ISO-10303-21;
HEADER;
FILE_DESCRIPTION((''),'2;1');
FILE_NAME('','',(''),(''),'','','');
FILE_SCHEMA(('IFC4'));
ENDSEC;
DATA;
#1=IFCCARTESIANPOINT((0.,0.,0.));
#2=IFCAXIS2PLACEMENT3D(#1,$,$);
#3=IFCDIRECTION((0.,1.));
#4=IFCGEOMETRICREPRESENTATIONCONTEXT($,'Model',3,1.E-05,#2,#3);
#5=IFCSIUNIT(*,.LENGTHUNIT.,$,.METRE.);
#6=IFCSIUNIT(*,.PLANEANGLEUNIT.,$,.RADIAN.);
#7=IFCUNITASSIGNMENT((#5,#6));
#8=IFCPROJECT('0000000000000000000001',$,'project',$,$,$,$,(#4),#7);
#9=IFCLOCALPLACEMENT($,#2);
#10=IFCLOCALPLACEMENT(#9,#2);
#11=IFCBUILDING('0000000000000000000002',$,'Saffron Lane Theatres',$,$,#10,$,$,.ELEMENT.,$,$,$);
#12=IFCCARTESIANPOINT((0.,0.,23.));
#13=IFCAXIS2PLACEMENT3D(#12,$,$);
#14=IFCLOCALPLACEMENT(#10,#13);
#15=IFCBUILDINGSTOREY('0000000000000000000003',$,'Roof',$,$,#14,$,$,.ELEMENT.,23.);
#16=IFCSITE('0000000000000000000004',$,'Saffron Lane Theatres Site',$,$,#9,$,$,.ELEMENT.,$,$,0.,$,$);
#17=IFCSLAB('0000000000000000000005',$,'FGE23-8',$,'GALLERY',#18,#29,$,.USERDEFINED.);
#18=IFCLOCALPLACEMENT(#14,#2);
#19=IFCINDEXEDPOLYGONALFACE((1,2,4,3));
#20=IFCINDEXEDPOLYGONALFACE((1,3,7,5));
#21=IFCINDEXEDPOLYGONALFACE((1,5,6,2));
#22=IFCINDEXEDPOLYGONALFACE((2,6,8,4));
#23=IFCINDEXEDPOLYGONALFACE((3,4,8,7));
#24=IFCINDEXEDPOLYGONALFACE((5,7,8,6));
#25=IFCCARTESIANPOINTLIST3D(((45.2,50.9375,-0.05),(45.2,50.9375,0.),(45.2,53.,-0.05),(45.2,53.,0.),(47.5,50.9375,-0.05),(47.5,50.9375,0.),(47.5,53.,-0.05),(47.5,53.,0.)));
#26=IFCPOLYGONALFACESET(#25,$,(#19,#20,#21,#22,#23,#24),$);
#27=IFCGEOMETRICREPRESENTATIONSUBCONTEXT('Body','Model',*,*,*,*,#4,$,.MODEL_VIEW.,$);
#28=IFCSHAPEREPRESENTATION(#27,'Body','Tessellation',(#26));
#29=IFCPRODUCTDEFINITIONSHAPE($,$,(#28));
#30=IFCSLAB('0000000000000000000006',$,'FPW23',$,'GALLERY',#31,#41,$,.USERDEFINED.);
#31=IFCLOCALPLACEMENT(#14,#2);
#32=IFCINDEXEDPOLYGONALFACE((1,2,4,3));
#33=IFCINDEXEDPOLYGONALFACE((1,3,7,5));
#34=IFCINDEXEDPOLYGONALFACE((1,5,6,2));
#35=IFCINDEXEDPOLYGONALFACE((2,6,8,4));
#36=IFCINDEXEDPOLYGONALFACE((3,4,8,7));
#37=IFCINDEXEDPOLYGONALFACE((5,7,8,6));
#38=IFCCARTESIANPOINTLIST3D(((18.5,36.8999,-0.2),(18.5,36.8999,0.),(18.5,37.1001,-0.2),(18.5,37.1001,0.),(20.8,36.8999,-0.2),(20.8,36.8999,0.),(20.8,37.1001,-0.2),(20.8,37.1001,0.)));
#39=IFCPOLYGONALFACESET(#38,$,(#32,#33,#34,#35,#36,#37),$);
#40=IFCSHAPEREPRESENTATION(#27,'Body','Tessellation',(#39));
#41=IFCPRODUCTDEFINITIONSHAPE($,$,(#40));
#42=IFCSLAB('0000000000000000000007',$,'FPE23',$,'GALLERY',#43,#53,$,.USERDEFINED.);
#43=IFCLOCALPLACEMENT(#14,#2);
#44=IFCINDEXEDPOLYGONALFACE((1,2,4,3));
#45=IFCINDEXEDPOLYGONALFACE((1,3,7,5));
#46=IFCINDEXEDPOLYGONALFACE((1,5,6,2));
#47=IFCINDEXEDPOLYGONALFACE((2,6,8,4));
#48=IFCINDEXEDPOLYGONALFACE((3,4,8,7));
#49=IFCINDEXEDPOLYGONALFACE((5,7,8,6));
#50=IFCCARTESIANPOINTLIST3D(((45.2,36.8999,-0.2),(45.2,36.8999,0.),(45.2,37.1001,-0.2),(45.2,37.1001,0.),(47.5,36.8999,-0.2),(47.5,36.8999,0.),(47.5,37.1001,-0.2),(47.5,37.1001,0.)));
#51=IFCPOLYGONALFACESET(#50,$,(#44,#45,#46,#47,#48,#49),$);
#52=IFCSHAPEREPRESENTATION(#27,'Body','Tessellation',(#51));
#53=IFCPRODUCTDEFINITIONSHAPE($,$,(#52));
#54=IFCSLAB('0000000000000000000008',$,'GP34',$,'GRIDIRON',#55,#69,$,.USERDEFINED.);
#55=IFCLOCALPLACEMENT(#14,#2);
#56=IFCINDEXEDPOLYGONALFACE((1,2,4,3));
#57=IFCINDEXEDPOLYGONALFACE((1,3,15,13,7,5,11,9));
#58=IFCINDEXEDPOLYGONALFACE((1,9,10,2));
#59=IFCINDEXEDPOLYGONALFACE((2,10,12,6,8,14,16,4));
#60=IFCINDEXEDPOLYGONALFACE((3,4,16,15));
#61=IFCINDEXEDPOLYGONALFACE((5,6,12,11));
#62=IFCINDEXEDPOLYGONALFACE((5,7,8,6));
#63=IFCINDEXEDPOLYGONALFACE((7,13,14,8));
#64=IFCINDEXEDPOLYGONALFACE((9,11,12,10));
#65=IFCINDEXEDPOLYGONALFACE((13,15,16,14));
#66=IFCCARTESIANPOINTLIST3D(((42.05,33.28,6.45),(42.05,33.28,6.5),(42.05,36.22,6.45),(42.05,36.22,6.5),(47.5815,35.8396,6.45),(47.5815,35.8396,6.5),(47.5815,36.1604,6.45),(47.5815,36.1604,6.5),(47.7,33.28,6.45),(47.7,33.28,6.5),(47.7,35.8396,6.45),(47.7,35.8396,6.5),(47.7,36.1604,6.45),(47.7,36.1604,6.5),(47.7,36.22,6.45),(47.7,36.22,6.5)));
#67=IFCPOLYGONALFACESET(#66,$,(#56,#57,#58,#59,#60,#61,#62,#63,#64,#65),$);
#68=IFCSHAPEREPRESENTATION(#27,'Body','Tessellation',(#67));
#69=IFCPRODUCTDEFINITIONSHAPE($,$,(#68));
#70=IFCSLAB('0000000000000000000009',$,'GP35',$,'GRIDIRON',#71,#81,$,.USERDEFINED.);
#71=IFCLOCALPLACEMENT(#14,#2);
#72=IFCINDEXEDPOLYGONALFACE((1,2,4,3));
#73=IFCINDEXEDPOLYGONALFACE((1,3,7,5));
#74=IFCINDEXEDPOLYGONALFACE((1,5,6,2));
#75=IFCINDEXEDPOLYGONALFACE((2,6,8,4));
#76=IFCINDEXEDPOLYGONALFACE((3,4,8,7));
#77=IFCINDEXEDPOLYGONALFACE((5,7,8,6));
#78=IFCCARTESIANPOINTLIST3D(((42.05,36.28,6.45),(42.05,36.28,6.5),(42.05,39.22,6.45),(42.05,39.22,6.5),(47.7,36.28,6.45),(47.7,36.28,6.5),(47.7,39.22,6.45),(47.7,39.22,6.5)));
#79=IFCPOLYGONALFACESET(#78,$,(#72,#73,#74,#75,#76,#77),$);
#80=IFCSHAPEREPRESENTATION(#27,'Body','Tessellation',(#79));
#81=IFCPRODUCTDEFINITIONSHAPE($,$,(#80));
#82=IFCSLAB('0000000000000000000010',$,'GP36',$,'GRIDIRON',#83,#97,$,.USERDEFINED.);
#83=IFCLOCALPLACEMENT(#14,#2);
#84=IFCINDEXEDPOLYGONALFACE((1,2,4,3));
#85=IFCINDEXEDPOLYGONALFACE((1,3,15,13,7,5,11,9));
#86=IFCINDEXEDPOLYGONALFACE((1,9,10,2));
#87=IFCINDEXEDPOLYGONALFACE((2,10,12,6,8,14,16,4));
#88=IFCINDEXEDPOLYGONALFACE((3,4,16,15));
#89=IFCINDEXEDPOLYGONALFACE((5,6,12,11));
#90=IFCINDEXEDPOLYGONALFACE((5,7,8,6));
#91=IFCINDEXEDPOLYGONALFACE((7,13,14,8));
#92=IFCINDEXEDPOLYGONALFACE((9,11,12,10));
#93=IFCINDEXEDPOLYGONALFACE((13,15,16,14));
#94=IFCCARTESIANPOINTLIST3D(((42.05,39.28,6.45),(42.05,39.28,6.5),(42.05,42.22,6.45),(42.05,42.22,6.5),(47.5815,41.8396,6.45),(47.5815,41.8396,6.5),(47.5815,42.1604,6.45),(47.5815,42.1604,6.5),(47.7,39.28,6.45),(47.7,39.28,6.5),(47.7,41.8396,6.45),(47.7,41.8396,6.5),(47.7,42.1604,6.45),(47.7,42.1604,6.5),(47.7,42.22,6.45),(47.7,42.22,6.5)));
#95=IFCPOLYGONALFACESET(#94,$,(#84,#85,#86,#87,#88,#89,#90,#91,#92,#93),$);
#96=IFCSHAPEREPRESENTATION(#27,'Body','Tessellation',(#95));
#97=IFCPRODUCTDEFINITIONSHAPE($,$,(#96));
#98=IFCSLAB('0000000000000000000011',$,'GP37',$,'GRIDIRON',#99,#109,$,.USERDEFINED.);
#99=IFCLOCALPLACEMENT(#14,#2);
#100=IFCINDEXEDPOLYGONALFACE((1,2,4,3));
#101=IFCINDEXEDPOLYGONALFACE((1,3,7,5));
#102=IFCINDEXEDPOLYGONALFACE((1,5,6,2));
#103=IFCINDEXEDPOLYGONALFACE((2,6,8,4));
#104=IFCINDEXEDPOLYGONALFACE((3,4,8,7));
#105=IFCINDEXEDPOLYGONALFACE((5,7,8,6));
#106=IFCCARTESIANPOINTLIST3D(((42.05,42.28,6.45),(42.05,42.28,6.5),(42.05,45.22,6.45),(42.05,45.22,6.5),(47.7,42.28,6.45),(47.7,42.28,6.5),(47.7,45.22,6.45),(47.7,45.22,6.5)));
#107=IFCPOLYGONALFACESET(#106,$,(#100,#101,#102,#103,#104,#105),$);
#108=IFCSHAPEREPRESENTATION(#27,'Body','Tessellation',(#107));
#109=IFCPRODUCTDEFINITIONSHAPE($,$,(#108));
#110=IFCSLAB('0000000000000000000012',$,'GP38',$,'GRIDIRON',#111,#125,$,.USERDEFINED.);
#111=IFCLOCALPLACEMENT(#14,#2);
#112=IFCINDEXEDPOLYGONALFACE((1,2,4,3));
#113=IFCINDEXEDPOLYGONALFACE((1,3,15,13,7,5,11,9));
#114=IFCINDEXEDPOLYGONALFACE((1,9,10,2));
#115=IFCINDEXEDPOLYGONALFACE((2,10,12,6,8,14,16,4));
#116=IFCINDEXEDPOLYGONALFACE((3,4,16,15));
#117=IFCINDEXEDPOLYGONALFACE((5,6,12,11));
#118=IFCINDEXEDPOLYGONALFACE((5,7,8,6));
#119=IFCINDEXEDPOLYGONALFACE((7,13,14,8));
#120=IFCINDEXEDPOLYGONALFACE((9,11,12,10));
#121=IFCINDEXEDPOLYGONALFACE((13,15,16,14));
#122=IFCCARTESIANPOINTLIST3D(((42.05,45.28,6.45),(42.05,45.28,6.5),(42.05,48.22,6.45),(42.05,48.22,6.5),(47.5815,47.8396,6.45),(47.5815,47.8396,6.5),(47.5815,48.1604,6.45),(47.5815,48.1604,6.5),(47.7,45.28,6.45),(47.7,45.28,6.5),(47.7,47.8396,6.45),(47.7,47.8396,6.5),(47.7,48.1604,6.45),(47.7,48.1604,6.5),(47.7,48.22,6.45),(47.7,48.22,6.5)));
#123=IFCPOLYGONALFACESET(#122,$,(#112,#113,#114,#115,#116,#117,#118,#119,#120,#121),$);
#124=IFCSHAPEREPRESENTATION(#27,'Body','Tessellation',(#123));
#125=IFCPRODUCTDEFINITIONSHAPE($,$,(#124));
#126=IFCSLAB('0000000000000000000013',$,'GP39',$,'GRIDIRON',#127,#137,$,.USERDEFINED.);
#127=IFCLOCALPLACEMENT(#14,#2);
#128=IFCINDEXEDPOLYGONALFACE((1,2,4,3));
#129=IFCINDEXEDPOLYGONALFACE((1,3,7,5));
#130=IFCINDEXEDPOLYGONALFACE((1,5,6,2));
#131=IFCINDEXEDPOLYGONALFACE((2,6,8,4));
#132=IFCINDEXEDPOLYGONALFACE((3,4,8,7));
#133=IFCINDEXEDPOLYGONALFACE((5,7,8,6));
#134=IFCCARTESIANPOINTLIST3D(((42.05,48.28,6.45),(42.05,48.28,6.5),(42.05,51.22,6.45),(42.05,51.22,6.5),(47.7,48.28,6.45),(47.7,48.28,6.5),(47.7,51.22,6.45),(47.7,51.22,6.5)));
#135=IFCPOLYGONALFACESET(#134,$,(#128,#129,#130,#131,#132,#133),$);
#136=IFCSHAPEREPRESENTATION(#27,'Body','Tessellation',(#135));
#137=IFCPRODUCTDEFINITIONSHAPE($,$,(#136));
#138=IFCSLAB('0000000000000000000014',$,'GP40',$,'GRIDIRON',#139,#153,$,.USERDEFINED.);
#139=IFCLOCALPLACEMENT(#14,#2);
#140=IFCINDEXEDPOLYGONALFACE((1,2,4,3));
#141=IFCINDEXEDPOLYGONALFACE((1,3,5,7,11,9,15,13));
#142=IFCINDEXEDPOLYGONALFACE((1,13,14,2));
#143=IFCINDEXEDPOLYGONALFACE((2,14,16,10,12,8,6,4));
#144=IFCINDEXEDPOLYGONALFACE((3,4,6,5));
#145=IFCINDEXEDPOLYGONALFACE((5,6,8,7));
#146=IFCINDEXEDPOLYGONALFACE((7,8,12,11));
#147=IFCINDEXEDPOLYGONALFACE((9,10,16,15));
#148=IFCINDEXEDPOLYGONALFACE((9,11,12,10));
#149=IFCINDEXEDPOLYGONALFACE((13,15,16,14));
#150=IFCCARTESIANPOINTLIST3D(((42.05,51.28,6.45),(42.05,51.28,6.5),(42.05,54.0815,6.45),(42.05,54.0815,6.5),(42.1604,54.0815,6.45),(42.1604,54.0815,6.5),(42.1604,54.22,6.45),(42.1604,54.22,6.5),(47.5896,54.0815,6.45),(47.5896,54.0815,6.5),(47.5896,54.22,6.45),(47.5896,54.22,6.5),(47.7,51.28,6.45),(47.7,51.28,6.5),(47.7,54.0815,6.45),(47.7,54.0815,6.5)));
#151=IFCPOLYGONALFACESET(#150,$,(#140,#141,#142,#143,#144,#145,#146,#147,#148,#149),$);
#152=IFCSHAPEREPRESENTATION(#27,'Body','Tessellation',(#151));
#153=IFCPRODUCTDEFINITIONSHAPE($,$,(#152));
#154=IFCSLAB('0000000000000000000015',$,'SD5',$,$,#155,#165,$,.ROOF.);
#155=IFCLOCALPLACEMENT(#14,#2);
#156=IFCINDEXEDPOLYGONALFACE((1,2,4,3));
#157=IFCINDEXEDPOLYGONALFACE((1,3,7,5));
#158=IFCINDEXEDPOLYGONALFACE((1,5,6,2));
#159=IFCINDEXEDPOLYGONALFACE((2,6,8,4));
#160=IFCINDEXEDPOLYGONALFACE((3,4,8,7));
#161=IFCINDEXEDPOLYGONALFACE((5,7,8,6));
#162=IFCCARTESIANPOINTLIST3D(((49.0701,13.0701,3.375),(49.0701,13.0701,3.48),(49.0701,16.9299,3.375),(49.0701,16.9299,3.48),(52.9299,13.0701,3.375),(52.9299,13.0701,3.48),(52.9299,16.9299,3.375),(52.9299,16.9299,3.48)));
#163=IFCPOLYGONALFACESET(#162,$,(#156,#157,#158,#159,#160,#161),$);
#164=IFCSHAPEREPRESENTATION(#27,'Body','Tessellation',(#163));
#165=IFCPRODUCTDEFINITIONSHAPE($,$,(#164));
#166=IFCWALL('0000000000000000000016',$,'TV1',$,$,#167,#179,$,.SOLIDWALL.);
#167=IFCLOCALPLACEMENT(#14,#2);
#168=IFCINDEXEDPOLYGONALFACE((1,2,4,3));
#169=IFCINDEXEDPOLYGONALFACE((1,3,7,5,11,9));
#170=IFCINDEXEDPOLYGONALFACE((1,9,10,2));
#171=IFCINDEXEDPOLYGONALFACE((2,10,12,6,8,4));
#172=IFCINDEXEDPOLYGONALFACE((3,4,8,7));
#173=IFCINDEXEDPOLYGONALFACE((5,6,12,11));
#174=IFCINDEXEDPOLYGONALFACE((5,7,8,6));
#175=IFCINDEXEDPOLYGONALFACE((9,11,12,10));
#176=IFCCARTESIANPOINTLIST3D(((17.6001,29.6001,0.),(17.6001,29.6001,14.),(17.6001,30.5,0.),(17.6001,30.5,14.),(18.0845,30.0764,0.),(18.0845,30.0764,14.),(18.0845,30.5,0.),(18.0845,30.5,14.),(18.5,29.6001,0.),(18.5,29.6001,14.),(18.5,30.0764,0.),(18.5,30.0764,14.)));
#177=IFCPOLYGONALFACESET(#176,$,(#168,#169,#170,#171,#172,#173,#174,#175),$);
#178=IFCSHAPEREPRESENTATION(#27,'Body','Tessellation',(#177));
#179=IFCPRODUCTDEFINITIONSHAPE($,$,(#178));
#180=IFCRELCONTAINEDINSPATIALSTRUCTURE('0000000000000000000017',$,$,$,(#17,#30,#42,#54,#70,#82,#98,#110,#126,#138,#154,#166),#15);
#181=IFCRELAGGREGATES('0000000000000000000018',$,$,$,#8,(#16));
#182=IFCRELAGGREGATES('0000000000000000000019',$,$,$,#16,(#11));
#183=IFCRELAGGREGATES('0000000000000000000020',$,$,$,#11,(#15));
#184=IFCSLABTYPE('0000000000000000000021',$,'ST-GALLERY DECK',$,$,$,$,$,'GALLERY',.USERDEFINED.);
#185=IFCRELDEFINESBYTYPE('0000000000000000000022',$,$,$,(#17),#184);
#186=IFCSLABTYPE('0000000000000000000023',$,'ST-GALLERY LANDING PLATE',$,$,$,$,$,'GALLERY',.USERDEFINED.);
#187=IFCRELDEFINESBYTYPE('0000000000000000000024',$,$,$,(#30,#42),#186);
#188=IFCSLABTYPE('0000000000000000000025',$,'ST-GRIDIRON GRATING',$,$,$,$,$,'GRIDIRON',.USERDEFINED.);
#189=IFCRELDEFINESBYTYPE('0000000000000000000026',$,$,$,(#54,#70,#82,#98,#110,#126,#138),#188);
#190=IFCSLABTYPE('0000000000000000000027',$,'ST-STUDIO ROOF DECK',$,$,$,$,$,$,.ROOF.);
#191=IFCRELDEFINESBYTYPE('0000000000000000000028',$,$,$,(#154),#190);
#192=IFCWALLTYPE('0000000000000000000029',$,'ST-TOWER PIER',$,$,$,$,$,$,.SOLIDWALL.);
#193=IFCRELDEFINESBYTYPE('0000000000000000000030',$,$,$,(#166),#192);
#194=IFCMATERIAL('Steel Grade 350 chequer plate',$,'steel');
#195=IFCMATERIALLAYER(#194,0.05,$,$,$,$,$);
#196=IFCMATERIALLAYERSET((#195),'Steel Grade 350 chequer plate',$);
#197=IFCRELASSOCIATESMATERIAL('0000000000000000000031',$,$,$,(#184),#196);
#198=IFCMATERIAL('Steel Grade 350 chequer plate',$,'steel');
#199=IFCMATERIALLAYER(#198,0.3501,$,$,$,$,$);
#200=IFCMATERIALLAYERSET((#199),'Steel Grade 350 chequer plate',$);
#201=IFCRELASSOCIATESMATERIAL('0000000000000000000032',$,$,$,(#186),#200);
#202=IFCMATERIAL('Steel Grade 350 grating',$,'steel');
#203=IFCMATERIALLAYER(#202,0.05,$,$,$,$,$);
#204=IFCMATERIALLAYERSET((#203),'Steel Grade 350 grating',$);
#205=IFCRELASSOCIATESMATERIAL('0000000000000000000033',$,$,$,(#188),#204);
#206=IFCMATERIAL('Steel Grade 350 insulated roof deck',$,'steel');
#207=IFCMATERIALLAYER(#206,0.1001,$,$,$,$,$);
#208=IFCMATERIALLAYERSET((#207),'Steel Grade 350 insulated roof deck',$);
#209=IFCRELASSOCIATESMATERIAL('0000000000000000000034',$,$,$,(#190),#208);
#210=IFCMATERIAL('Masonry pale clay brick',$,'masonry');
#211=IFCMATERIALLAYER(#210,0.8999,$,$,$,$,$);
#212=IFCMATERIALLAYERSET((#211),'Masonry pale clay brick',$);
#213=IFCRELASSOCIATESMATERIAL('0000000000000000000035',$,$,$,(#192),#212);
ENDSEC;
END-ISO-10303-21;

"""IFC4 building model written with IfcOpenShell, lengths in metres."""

from ifc_helpers import new_model, si_unit, direction, frame, origin, place, context, subcontext, project, spatial, polyline, outline, extrude, material, layer, layer_set, type_object, element, save


model = new_model("IFC4")

# Units and contexts
model_context = context("Model", 3, precision=1e-05, world=origin(), true_north=direction((0.0, 1.0)))
body_context = subcontext(model_context, "Body", "Model", "MODEL_VIEW")
ifc_project = project(units=[si_unit("LENGTHUNIT", "METRE"), si_unit("PLANEANGLEUNIT", "RADIAN")], contexts=[model_context])

# Site, building, storey
site_placement = place(None, origin())
site = spatial("IfcSite", under=ifc_project, at=site_placement, Name="Saffron Lane Theatres Site", CompositionType="ELEMENT", RefElevation=0.0)
building_placement = place(site_placement, origin())
building = spatial("IfcBuilding", under=site, at=building_placement, Name="Saffron Lane Theatres", CompositionType="ELEMENT")
storey_placement = place(building_placement, frame((0.0, 0.0, 23.0)))
storey = spatial("IfcBuildingStorey", under=building, at=storey_placement, Name="Roof", CompositionType="ELEMENT", Elevation=23.0)

# Slabs
ifc_material_1 = material(Name="Steel Grade 350 chequer plate", Category="steel")
ifc_layer_1 = layer(ifc_material_1, 0.05)
ifc_layer_set_1 = layer_set([ifc_layer_1], Name="Steel Grade 350 chequer plate")
slab_type_1 = type_object("IfcSlabType", Name="ST-GALLERY DECK", ElementType="GALLERY", PredefinedType="USERDEFINED", material=ifc_layer_set_1)
slab_1_placement = place(storey_placement, frame((0.0, 0.0, -0.05)))
element("IfcSlab", 1, at=slab_1_placement, inside=storey, type_object=slab_type_1, Name="FGE23-8", ObjectType="GALLERY", PredefinedType="USERDEFINED", context=body_context, shape_type="SweptSolid", body=[
    extrude(outline(polyline([(45.2, 50.9375), (47.5, 50.9375), (47.5, 53.0), (45.2, 53.0), (45.2, 50.9375)])), origin(), (0.0, 0.0, 1.0), 0.05),
])
ifc_material_2 = material(Name="Steel Grade 350 chequer plate", Category="steel")
ifc_layer_2 = layer(ifc_material_2, 0.3501)
ifc_layer_set_2 = layer_set([ifc_layer_2], Name="Steel Grade 350 chequer plate")
slab_type_2 = type_object("IfcSlabType", Name="ST-GALLERY LANDING PLATE", ElementType="GALLERY", PredefinedType="USERDEFINED", material=ifc_layer_set_2)
slab_2_placement = place(storey_placement, frame((0.0, 0.0, -0.2)))
element("IfcSlab", 2, at=slab_2_placement, inside=storey, type_object=slab_type_2, Name="FPW23", ObjectType="GALLERY", PredefinedType="USERDEFINED", context=body_context, shape_type="SweptSolid", body=[
    extrude(outline(polyline([(18.5, 36.8999), (20.8, 36.8999), (20.8, 37.1001), (18.5, 37.1001), (18.5, 36.8999)])), origin(), (0.0, 0.0, 1.0), 0.2),
])
slab_3_placement = place(storey_placement, frame((0.0, 0.0, -0.2)))
element("IfcSlab", 3, at=slab_3_placement, inside=storey, type_object=slab_type_2, Name="FPE23", ObjectType="GALLERY", PredefinedType="USERDEFINED", context=body_context, shape_type="SweptSolid", body=[
    extrude(outline(polyline([(45.2, 36.8999), (47.5, 36.8999), (47.5, 37.1001), (45.2, 37.1001), (45.2, 36.8999)])), origin(), (0.0, 0.0, 1.0), 0.2),
])
ifc_material_3 = material(Name="Steel Grade 350 grating", Category="steel")
ifc_layer_3 = layer(ifc_material_3, 0.05)
ifc_layer_set_3 = layer_set([ifc_layer_3], Name="Steel Grade 350 grating")
slab_type_3 = type_object("IfcSlabType", Name="ST-GRIDIRON GRATING", ElementType="GRIDIRON", PredefinedType="USERDEFINED", material=ifc_layer_set_3)
slab_4_placement = place(storey_placement, frame((0.0, 0.0, 6.45)))
element("IfcSlab", 4, at=slab_4_placement, inside=storey, type_object=slab_type_3, Name="GP34", ObjectType="GRIDIRON", PredefinedType="USERDEFINED", context=body_context, shape_type="SweptSolid", body=[
    extrude(outline(polyline([(47.7, 33.28), (42.05, 33.28), (42.05, 36.22), (47.7, 36.22), (47.7, 36.1604), (47.5815, 36.1604), (47.5815, 35.8396), (47.7, 35.8396), (47.7, 33.28)])), origin(), (0.0, 0.0, 1.0), 0.05),
])
slab_5_placement = place(storey_placement, frame((0.0, 0.0, 6.45)))
element("IfcSlab", 5, at=slab_5_placement, inside=storey, type_object=slab_type_3, Name="GP35", ObjectType="GRIDIRON", PredefinedType="USERDEFINED", context=body_context, shape_type="SweptSolid", body=[
    extrude(outline(polyline([(47.7, 36.28), (42.05, 36.28), (42.05, 39.22), (47.7, 39.22), (47.7, 36.28)])), origin(), (0.0, 0.0, 1.0), 0.05),
])
slab_6_placement = place(storey_placement, frame((0.0, 0.0, 6.45)))
element("IfcSlab", 6, at=slab_6_placement, inside=storey, type_object=slab_type_3, Name="GP36", ObjectType="GRIDIRON", PredefinedType="USERDEFINED", context=body_context, shape_type="SweptSolid", body=[
    extrude(outline(polyline([(47.7, 39.28), (42.05, 39.28), (42.05, 42.22), (47.7, 42.22), (47.7, 42.1604), (47.5815, 42.1604), (47.5815, 41.8396), (47.7, 41.8396), (47.7, 39.28)])), origin(), (0.0, 0.0, 1.0), 0.05),
])
slab_7_placement = place(storey_placement, frame((0.0, 0.0, 6.45)))
element("IfcSlab", 7, at=slab_7_placement, inside=storey, type_object=slab_type_3, Name="GP37", ObjectType="GRIDIRON", PredefinedType="USERDEFINED", context=body_context, shape_type="SweptSolid", body=[
    extrude(outline(polyline([(47.7, 42.28), (42.05, 42.28), (42.05, 45.22), (47.7, 45.22), (47.7, 42.28)])), origin(), (0.0, 0.0, 1.0), 0.05),
])
slab_8_placement = place(storey_placement, frame((0.0, 0.0, 6.45)))
element("IfcSlab", 8, at=slab_8_placement, inside=storey, type_object=slab_type_3, Name="GP38", ObjectType="GRIDIRON", PredefinedType="USERDEFINED", context=body_context, shape_type="SweptSolid", body=[
    extrude(outline(polyline([(47.7, 48.1604), (47.5815, 48.1604), (47.5815, 47.8396), (47.7, 47.8396), (47.7, 45.28), (42.05, 45.28), (42.05, 48.22), (47.7, 48.22), (47.7, 48.1604)])), origin(), (0.0, 0.0, 1.0), 0.05),
])
slab_9_placement = place(storey_placement, frame((0.0, 0.0, 6.45)))
element("IfcSlab", 9, at=slab_9_placement, inside=storey, type_object=slab_type_3, Name="GP39", ObjectType="GRIDIRON", PredefinedType="USERDEFINED", context=body_context, shape_type="SweptSolid", body=[
    extrude(outline(polyline([(47.7, 48.28), (42.05, 48.28), (42.05, 51.22), (47.7, 51.22), (47.7, 48.28)])), origin(), (0.0, 0.0, 1.0), 0.05),
])
slab_10_placement = place(storey_placement, frame((0.0, 0.0, 6.45)))
element("IfcSlab", 10, at=slab_10_placement, inside=storey, type_object=slab_type_3, Name="GP40", ObjectType="GRIDIRON", PredefinedType="USERDEFINED", context=body_context, shape_type="SweptSolid", body=[
    extrude(outline(polyline([(42.05, 54.0815), (42.1604, 54.0815), (42.1604, 54.22), (47.5896, 54.22), (47.5896, 54.0815), (47.7, 54.0815), (47.7, 51.28), (42.05, 51.28), (42.05, 54.0815)])), origin(), (0.0, 0.0, 1.0), 0.05),
])
ifc_material_4 = material(Name="Steel Grade 350 insulated roof deck", Category="steel")
ifc_layer_4 = layer(ifc_material_4, 0.1001)
ifc_layer_set_4 = layer_set([ifc_layer_4], Name="Steel Grade 350 insulated roof deck")
slab_type_4 = type_object("IfcSlabType", Name="ST-STUDIO ROOF DECK", PredefinedType="ROOF", material=ifc_layer_set_4)
slab_11_placement = place(storey_placement, frame((0.0, 0.0, 3.375)))
element("IfcSlab", 11, at=slab_11_placement, inside=storey, type_object=slab_type_4, Name="SD5", PredefinedType="ROOF", context=body_context, shape_type="SweptSolid", body=[
    extrude(outline(polyline([(49.0701, 13.0701), (52.9299, 13.0701), (52.9299, 16.9299), (49.0701, 16.9299), (49.0701, 13.0701)])), origin(), (0.0, 0.0, 1.0), 0.105),
])

# Wall
ifc_material_5 = material(Name="Masonry pale clay brick", Category="masonry")
ifc_layer_5 = layer(ifc_material_5, 0.8999)
ifc_layer_set_5 = layer_set([ifc_layer_5], Name="Masonry pale clay brick")
wall_type = type_object("IfcWallType", Name="ST-TOWER PIER", PredefinedType="SOLIDWALL", material=ifc_layer_set_5)
wall_1_placement = place(storey_placement, origin())
element("IfcWall", 12, at=wall_1_placement, inside=storey, type_object=wall_type, Name="TV1", PredefinedType="SOLIDWALL", context=body_context, shape_type="SweptSolid", body=[
    extrude(outline(polyline([(18.0845, 30.5), (17.6001, 30.5), (17.6001, 29.6001), (18.5, 29.6001), (18.5, 30.0764), (18.0845, 30.0764), (18.0845, 30.5)])), origin(), (0.0, 0.0, 1.0), 14.0),
])

save(model, "model.ifc")
